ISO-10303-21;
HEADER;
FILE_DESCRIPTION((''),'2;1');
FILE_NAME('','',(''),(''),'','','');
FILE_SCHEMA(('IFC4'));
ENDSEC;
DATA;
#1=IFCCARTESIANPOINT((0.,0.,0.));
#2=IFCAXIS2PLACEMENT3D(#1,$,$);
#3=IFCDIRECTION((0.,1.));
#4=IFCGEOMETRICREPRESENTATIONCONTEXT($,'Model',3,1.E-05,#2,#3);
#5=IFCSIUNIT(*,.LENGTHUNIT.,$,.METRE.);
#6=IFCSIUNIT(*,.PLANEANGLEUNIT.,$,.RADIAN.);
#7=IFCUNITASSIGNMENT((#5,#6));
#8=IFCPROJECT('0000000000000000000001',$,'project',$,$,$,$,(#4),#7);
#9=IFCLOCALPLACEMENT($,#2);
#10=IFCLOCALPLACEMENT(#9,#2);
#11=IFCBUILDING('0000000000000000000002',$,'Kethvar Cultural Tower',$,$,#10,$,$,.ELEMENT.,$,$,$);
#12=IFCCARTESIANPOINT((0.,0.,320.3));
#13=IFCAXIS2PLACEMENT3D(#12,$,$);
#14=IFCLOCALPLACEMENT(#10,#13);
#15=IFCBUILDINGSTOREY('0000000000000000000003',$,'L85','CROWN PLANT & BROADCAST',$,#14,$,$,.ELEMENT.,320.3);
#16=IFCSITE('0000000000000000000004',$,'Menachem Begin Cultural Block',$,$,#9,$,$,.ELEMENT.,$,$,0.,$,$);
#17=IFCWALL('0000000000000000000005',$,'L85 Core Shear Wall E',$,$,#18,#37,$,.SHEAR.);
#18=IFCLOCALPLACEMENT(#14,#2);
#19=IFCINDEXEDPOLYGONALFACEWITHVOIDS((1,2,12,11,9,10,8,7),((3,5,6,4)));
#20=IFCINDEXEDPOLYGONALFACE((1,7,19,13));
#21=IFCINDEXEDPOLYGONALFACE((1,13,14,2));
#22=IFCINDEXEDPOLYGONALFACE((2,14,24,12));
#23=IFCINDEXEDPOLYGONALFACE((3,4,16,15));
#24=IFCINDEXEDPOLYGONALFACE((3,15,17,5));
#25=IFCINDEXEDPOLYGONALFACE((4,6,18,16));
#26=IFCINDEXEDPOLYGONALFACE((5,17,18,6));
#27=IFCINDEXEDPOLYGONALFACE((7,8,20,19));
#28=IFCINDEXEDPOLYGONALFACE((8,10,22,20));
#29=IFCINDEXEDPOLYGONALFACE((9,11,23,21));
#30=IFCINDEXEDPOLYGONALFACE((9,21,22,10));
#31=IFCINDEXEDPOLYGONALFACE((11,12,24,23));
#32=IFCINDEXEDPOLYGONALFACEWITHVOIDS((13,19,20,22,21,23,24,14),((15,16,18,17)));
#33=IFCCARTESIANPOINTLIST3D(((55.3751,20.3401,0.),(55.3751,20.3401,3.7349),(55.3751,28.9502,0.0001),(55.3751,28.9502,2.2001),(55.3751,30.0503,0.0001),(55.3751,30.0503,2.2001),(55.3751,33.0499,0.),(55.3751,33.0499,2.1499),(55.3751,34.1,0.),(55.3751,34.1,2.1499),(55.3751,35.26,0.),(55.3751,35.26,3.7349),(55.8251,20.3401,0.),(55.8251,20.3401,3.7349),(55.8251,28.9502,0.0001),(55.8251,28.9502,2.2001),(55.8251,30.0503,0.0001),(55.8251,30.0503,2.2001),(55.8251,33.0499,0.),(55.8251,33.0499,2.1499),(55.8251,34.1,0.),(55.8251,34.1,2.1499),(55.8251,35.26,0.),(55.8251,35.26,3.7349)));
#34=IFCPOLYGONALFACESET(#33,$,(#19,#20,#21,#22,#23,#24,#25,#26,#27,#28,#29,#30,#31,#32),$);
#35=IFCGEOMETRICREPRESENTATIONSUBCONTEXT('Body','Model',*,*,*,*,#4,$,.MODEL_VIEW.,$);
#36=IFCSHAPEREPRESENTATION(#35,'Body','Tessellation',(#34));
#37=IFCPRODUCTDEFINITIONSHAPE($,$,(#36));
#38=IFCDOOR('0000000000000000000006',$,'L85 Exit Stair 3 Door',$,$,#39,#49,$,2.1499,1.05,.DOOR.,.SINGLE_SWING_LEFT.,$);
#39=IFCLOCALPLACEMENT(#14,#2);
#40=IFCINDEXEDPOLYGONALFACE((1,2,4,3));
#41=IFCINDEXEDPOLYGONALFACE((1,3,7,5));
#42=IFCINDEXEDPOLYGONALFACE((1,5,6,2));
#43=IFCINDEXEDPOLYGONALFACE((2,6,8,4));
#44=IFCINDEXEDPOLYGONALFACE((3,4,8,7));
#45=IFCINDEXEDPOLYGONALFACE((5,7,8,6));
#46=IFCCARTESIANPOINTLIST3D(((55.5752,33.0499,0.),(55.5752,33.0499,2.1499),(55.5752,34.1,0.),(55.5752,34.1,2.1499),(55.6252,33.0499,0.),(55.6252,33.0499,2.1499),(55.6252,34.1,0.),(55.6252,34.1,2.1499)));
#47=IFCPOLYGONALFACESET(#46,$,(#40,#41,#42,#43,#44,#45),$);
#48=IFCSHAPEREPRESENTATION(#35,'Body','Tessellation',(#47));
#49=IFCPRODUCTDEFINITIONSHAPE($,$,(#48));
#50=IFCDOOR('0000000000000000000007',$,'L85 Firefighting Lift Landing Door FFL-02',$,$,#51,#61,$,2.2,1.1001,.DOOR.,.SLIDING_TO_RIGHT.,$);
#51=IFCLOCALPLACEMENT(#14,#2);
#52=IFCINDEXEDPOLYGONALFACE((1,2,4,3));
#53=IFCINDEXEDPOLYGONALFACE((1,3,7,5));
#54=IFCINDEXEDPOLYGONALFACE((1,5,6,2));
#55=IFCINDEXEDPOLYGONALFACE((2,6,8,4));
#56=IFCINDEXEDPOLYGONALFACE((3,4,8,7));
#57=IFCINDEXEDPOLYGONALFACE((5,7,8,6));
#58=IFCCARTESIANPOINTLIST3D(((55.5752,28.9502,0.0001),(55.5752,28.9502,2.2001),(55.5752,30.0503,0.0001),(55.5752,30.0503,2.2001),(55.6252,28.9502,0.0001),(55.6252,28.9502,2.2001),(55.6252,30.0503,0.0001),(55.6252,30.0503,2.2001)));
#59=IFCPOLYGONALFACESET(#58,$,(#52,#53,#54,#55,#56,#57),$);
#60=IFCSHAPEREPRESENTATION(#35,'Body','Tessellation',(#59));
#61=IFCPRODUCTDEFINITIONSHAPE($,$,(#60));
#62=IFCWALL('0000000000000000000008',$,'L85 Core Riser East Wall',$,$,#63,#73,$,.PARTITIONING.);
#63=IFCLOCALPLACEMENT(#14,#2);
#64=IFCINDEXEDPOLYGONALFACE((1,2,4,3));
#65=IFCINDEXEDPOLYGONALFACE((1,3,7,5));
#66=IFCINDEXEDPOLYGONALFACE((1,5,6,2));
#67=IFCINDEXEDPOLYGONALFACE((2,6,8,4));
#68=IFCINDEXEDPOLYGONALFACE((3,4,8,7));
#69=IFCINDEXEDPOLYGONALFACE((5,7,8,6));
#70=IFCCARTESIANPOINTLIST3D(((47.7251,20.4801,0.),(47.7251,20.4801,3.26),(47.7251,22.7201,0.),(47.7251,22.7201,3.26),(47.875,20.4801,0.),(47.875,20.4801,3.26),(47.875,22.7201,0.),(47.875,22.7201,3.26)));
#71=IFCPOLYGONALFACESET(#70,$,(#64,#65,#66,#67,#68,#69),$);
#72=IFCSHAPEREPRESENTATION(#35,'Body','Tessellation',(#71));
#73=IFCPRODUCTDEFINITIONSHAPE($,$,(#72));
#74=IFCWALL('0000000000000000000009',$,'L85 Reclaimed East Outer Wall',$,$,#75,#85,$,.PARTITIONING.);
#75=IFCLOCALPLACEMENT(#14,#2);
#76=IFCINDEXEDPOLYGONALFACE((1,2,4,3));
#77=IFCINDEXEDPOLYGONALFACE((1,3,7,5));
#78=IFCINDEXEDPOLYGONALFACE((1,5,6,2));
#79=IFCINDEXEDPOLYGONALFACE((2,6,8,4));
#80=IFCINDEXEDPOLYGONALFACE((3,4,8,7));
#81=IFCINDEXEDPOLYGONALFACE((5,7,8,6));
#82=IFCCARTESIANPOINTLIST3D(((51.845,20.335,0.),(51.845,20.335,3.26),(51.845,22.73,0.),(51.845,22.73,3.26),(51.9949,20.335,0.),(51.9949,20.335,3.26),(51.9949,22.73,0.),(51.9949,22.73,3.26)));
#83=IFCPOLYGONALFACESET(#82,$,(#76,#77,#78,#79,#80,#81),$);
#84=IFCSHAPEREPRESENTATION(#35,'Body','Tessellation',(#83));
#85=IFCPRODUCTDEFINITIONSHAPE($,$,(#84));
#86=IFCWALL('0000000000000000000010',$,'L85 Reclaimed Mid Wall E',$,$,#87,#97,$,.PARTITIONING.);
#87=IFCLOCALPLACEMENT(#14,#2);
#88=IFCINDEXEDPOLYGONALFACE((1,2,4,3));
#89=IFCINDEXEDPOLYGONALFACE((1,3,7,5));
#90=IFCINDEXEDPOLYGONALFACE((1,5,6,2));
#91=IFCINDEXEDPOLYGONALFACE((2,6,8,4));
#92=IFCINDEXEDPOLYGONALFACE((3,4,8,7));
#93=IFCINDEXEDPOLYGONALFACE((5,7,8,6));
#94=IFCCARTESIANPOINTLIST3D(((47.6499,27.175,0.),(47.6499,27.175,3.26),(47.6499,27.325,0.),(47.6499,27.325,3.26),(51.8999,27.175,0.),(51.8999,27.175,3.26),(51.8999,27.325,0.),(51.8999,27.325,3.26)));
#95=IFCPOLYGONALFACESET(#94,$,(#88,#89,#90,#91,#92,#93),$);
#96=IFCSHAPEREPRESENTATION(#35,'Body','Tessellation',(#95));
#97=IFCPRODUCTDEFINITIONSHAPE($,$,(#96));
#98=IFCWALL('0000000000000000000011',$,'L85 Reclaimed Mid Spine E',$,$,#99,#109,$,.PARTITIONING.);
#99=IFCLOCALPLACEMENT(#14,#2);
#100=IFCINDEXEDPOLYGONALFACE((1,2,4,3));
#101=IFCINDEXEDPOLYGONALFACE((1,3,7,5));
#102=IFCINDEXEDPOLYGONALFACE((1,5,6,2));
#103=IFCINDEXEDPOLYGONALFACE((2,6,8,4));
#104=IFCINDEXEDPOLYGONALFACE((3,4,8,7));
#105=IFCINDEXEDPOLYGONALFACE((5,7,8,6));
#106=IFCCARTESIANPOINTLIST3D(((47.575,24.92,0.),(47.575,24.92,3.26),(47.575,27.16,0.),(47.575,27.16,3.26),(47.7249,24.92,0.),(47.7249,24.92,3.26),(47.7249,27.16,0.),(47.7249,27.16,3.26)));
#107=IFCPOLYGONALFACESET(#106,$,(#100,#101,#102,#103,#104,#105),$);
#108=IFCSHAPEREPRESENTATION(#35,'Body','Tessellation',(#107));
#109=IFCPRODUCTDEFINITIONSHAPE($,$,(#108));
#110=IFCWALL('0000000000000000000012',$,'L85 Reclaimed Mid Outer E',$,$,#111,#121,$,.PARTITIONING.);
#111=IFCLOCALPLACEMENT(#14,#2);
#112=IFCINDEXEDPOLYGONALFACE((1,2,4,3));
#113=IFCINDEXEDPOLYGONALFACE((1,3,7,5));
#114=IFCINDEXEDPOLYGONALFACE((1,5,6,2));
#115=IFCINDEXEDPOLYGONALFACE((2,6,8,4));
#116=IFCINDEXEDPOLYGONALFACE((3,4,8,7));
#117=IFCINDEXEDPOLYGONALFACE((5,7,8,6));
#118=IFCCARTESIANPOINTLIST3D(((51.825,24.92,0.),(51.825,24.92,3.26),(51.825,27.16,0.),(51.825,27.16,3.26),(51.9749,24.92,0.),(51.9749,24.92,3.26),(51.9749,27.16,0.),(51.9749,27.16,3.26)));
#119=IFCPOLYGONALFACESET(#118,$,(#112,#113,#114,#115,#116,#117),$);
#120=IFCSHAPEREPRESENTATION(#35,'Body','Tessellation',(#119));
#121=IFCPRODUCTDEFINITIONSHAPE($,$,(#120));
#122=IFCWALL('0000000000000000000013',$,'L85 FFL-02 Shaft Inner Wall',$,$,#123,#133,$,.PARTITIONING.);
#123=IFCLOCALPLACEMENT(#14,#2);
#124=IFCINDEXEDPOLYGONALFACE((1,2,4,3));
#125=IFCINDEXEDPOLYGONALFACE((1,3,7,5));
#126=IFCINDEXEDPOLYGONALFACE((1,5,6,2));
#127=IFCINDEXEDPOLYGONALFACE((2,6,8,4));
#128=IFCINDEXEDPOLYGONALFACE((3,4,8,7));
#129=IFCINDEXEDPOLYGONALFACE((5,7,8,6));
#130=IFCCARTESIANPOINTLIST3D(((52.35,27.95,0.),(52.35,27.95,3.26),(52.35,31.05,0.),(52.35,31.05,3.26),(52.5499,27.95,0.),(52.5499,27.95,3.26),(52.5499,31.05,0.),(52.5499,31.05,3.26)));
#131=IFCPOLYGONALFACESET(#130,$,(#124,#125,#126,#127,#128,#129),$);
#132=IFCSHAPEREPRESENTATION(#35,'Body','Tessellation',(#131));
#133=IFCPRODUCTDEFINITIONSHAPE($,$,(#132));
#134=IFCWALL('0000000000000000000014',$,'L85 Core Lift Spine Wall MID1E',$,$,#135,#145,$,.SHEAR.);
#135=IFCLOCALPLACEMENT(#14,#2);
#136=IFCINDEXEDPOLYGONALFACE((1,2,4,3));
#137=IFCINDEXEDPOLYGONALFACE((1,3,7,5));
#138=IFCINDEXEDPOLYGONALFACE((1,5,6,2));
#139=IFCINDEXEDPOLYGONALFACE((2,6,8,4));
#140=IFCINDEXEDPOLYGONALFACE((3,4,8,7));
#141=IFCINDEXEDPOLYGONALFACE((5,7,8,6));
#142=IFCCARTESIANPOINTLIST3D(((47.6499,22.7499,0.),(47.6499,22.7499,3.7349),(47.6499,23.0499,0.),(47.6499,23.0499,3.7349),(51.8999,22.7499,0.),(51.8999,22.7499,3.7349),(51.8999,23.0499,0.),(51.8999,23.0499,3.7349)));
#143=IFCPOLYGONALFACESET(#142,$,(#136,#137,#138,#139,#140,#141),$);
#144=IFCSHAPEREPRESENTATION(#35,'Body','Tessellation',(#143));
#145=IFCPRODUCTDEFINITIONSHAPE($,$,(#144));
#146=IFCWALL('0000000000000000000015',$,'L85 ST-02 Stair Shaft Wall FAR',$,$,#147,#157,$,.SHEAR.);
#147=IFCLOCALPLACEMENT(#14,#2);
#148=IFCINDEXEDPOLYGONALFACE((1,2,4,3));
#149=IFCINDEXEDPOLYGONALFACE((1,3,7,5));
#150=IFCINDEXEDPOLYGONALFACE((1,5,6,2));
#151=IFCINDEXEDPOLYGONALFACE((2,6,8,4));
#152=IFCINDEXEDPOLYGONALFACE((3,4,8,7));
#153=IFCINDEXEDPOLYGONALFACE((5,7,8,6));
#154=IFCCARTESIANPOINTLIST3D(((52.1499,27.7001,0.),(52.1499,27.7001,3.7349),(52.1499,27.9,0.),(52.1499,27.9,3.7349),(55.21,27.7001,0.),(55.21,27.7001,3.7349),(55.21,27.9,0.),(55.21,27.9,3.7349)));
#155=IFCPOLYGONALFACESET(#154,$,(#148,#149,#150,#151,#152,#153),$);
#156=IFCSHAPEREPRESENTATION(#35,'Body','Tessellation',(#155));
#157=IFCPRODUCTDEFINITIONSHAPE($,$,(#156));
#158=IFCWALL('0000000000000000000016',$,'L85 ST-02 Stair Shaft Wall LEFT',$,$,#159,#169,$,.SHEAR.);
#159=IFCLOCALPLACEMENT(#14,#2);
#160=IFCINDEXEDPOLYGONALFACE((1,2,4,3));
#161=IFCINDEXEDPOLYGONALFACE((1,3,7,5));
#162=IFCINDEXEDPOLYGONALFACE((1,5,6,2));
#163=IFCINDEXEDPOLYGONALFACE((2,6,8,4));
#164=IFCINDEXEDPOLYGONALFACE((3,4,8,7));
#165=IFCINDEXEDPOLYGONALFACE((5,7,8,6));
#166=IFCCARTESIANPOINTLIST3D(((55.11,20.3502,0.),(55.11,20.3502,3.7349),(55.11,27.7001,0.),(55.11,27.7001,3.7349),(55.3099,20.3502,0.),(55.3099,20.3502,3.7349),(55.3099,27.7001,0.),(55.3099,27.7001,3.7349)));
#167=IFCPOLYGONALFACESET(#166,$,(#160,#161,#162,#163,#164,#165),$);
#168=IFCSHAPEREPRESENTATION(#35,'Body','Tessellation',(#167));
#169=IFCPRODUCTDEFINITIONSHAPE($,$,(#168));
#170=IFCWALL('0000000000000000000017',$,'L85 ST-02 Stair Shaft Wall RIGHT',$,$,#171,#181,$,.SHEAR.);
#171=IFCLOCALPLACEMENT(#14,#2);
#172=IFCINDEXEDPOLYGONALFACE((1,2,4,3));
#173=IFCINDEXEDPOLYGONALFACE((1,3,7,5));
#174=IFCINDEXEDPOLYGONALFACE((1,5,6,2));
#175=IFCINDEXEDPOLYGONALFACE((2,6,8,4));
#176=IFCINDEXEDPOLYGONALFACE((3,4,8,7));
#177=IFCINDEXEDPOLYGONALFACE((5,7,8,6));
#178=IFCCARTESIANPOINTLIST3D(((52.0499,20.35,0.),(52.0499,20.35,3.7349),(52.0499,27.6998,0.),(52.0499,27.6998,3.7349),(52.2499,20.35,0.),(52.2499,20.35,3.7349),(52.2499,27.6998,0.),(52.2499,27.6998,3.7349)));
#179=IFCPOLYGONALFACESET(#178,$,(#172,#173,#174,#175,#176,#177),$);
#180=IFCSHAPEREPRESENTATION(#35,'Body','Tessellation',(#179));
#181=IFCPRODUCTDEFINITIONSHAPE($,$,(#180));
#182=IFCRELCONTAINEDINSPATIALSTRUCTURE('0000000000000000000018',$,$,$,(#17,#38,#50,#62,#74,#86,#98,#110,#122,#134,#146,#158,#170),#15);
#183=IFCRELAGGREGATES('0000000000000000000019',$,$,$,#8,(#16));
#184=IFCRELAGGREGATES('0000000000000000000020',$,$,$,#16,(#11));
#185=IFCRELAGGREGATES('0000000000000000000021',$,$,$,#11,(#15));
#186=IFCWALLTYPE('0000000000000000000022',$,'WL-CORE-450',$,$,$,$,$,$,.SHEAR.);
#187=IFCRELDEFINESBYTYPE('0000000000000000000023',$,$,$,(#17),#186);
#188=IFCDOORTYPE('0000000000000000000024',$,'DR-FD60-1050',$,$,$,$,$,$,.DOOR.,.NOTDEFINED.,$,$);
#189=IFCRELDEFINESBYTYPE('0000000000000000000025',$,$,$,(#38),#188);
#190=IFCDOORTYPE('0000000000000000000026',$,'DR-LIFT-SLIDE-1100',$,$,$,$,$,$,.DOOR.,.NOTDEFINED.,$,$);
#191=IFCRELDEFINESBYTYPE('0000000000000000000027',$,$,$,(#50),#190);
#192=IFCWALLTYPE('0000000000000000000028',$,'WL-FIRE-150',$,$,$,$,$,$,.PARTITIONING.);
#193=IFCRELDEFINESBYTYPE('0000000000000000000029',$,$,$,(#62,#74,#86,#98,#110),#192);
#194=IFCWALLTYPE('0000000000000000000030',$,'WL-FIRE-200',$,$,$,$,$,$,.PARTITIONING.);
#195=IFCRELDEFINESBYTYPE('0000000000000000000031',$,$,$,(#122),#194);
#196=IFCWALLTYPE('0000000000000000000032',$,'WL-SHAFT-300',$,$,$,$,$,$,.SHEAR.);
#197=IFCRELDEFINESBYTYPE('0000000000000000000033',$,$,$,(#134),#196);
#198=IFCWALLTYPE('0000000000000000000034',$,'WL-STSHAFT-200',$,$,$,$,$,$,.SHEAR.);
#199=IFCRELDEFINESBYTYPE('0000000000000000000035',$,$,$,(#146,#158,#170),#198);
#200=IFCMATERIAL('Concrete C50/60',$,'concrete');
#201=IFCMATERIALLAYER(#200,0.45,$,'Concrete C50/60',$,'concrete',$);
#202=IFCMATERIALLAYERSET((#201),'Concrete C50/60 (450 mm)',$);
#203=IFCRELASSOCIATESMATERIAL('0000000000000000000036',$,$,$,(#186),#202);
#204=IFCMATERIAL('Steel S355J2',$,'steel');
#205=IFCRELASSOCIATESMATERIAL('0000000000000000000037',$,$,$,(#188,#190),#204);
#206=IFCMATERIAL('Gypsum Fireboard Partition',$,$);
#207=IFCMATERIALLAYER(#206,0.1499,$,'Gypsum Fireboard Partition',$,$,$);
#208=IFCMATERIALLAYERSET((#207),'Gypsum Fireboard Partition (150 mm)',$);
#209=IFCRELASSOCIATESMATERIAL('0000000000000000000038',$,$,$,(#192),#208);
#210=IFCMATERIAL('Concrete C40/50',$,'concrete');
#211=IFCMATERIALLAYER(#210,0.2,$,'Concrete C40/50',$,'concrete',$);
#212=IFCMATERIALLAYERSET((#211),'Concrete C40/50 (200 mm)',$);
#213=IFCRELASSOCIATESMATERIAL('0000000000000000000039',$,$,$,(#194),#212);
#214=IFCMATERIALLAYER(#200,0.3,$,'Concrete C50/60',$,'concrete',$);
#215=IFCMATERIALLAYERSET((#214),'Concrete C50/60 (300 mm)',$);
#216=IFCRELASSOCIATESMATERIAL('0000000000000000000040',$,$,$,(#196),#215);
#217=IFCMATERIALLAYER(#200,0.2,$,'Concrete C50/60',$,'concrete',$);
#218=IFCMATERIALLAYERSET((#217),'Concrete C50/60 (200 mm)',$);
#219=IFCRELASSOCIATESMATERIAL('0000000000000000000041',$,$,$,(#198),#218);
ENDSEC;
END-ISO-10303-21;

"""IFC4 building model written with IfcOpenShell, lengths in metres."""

from ifc_helpers import new_model, si_unit, direction, frame, frame_2d, origin, place, context, subcontext, project, spatial, rectangle, extrude, source, transform, mapped, material, layer, layer_set, type_object, element, fill, save


model = new_model("IFC4")

# Units and contexts
model_context = context("Model", 3, precision=1e-05, world=origin(), true_north=direction((0.0, 1.0)))
body_context = subcontext(model_context, "Body", "Model", "MODEL_VIEW")
ifc_project = project(units=[si_unit("LENGTHUNIT", "METRE"), si_unit("PLANEANGLEUNIT", "RADIAN")], contexts=[model_context])

# Site, building, storey
site_placement = place(None, origin())
site = spatial("IfcSite", under=ifc_project, at=site_placement, Name="Menachem Begin Cultural Block", CompositionType="ELEMENT", RefElevation=0.0)
building_placement = place(site_placement, origin())
building = spatial("IfcBuilding", under=site, at=building_placement, Name="Kethvar Cultural Tower", CompositionType="ELEMENT")
storey_placement = place(building_placement, frame((0.0, 0.0, 320.3)))
storey = spatial("IfcBuildingStorey", under=building, at=storey_placement, Name="L85", Description="CROWN PLANT & BROADCAST", CompositionType="ELEMENT", Elevation=320.3)

# Shared definitions
ifc_material_1 = material(Name="Steel S355J2", Category="steel")

# Wall, openings, doors
ifc_material_2 = material(Name="Concrete C50/60", Category="concrete")
ifc_layer_1 = layer(ifc_material_2, 0.45, Name="Concrete C50/60", Category="concrete")
ifc_layer_set_1 = layer_set([ifc_layer_1], Name="Concrete C50/60 (450 mm)")
wall_type_1 = type_object("IfcWallType", Name="WL-CORE-450", PredefinedType="SHEAR", material=ifc_layer_set_1)
wall_1_placement = place(storey_placement, frame((55.6001, 20.3401, 0.0), z_axis=(0.0, 0.0, 1.0), x_axis=(0.0, 1.0, 0.0)))
wall_1 = element("IfcWall", 1, at=wall_1_placement, inside=storey, type_object=wall_type_1, Name="L85 Core Shear Wall E", PredefinedType="SHEAR", context=body_context, shape_type="SweptSolid", body=[
    extrude(rectangle(XDim=14.9199, YDim=0.45, at=frame_2d((7.46, 0.0))), origin(), (0.0, 0.0, 1.0), 3.7349),
])
opening_1_placement = place(wall_1_placement, frame((12.71, 0.0, 0.0)))
opening_1 = element("IfcOpeningElement", 2, at=opening_1_placement, cuts=wall_1, PredefinedType="OPENING", context=body_context, shape_type="SweptSolid", body=[
    extrude(rectangle(XDim=1.05, YDim=2.1499, at=frame_2d((0.5249, 1.075))), frame((0.0, 0.2349, 0.0), z_axis=(0.0, -1.0, 0.0), x_axis=(1.0, 0.0, 0.0)), (0.0, 0.0, 1.0), 0.47),
])
opening_2_placement = place(wall_1_placement, frame((8.6101, 0.0, 0.0)))
opening_2 = element("IfcOpeningElement", 3, at=opening_2_placement, cuts=wall_1, PredefinedType="OPENING", context=body_context, shape_type="SweptSolid", body=[
    extrude(rectangle(XDim=1.1001, YDim=2.2, at=frame_2d((0.55, 1.1001))), frame((0.0, 0.2349, 0.0), z_axis=(0.0, -1.0, 0.0), x_axis=(1.0, 0.0, 0.0)), (0.0, 0.0, 1.0), 0.47),
])
door_type_1 = type_object("IfcDoorType", Name="DR-FD60-1050", OperationType="NOTDEFINED", PredefinedType="DOOR", material=ifc_material_1)
shared_shape_1 = source(origin(), body_context, "Body", "SweptSolid", [
    extrude(rectangle(XDim=1.05, YDim=2.1499, at=frame_2d((0.5249, 1.075))), frame((0.0, 0.0249, 0.0), z_axis=(0.0, -1.0, 0.0), x_axis=(1.0, 0.0, 0.0)), (0.0, 0.0, 1.0), 0.05),
])
door_1_placement = place(opening_1_placement, origin())
door_1 = element("IfcDoor", 4, at=door_1_placement, inside=storey, type_object=door_type_1, Name="L85 Exit Stair 3 Door", OperationType="SINGLE_SWING_LEFT", OverallHeight=2.1499, OverallWidth=1.05, PredefinedType="DOOR", context=body_context, shape_type="MappedRepresentation", body=[
    mapped(shared_shape_1, transform((0.0, 0.0, 0.0), scale=1.0)),
])
fill(opening_1, door_1)
door_type_2 = type_object("IfcDoorType", Name="DR-LIFT-SLIDE-1100", OperationType="NOTDEFINED", PredefinedType="DOOR", material=ifc_material_1)
shared_shape_2 = source(origin(), body_context, "Body", "SweptSolid", [
    extrude(rectangle(XDim=1.1001, YDim=2.2, at=frame_2d((0.55, 1.1001))), frame((0.0, 0.0249, 0.0), z_axis=(0.0, -1.0, 0.0), x_axis=(1.0, 0.0, 0.0)), (0.0, 0.0, 1.0), 0.05),
])
door_2_placement = place(opening_2_placement, origin())
door_2 = element("IfcDoor", 5, at=door_2_placement, inside=storey, type_object=door_type_2, Name="L85 Firefighting Lift Landing Door FFL-02", OperationType="SLIDING_TO_RIGHT", OverallHeight=2.2, OverallWidth=1.1001, PredefinedType="DOOR", context=body_context, shape_type="MappedRepresentation", body=[
    mapped(shared_shape_2, transform((0.0, 0.0, 0.0), scale=1.0)),
])
fill(opening_2, door_2)

# Walls
ifc_material_3 = material(Name="Gypsum Fireboard Partition")
ifc_layer_2 = layer(ifc_material_3, 0.1499, Name="Gypsum Fireboard Partition")
ifc_layer_set_2 = layer_set([ifc_layer_2], Name="Gypsum Fireboard Partition (150 mm)")
wall_type_2 = type_object("IfcWallType", Name="WL-FIRE-150", PredefinedType="PARTITIONING", material=ifc_layer_set_2)
wall_2_placement = place(storey_placement, frame((47.8, 20.48, 0.0), z_axis=(0.0, 0.0, 1.0), x_axis=(0.0, 1.0, 0.0)))
element("IfcWall", 6, at=wall_2_placement, inside=storey, type_object=wall_type_2, Name="L85 Core Riser East Wall", PredefinedType="PARTITIONING", context=body_context, shape_type="SweptSolid", body=[
    extrude(rectangle(XDim=2.24, YDim=0.1499, at=frame_2d((1.1201, 0.0))), origin(), (0.0, 0.0, 1.0), 3.26),
])
wall_3_placement = place(storey_placement, frame((51.9199, 20.335, 0.0), z_axis=(0.0, 0.0, 1.0), x_axis=(0.0, 1.0, 0.0)))
element("IfcWall", 7, at=wall_3_placement, inside=storey, type_object=wall_type_2, Name="L85 Reclaimed East Outer Wall", PredefinedType="PARTITIONING", context=body_context, shape_type="SweptSolid", body=[
    extrude(rectangle(XDim=2.395, YDim=0.1499, at=frame_2d((1.1975, 0.0))), origin(), (0.0, 0.0, 1.0), 3.26),
])
wall_4_placement = place(storey_placement, frame((47.6499, 27.25, 0.0), z_axis=(0.0, 0.0, 1.0), x_axis=(1.0, 0.0, 0.0)))
element("IfcWall", 8, at=wall_4_placement, inside=storey, type_object=wall_type_2, Name="L85 Reclaimed Mid Wall E", PredefinedType="PARTITIONING", context=body_context, shape_type="SweptSolid", body=[
    extrude(rectangle(XDim=4.25, YDim=0.1499, at=frame_2d((2.125, 0.0))), origin(), (0.0, 0.0, 1.0), 3.26),
])
for number, where, z_axis, x_axis, name in (
    (9, (47.6499, 24.9199, 0.0), (0.0, 0.0, 1.0), (0.0, 1.0, 0.0), "L85 Reclaimed Mid Spine E"),
    (10, (51.8999, 24.9199, 0.0), (0.0, 0.0, 1.0), (0.0, 1.0, 0.0), "L85 Reclaimed Mid Outer E"),
):
    element("IfcWall", number, at=place(storey_placement, frame(where, z_axis=z_axis, x_axis=x_axis)), inside=storey, type_object=wall_type_2, Name=name, PredefinedType="PARTITIONING", context=body_context, shape_type="SweptSolid", body=[
        extrude(rectangle(XDim=2.24, YDim=0.1499, at=frame_2d((1.1201, 0.0))), origin(), (0.0, 0.0, 1.0), 3.26),
    ])
ifc_material_4 = material(Name="Concrete C40/50", Category="concrete")
ifc_layer_3 = layer(ifc_material_4, 0.2, Name="Concrete C40/50", Category="concrete")
ifc_layer_set_3 = layer_set([ifc_layer_3], Name="Concrete C40/50 (200 mm)")
wall_type_3 = type_object("IfcWallType", Name="WL-FIRE-200", PredefinedType="PARTITIONING", material=ifc_layer_set_3)
wall_5_placement = place(storey_placement, frame((52.45, 27.95, 0.0), z_axis=(0.0, 0.0, 1.0), x_axis=(0.0, 1.0, 0.0)))
element("IfcWall", 11, at=wall_5_placement, inside=storey, type_object=wall_type_3, Name="L85 FFL-02 Shaft Inner Wall", PredefinedType="PARTITIONING", context=body_context, shape_type="SweptSolid", body=[
    extrude(rectangle(XDim=3.1001, YDim=0.2, at=frame_2d((1.55, 0.0))), origin(), (0.0, 0.0, 1.0), 3.26),
])
ifc_layer_4 = layer(ifc_material_2, 0.3, Name="Concrete C50/60", Category="concrete")
ifc_layer_set_4 = layer_set([ifc_layer_4], Name="Concrete C50/60 (300 mm)")
wall_type_4 = type_object("IfcWallType", Name="WL-SHAFT-300", PredefinedType="SHEAR", material=ifc_layer_set_4)
wall_6_placement = place(storey_placement, frame((47.6499, 22.8999, 0.0), z_axis=(0.0, 0.0, 1.0), x_axis=(1.0, 0.0, 0.0)))
element("IfcWall", 12, at=wall_6_placement, inside=storey, type_object=wall_type_4, Name="L85 Core Lift Spine Wall MID1E", PredefinedType="SHEAR", context=body_context, shape_type="SweptSolid", body=[
    extrude(rectangle(XDim=4.25, YDim=0.3, at=frame_2d((2.125, 0.0))), origin(), (0.0, 0.0, 1.0), 3.7349),
])

# Walls
ifc_layer_5 = layer(ifc_material_2, 0.2, Name="Concrete C50/60", Category="concrete")
ifc_layer_set_5 = layer_set([ifc_layer_5], Name="Concrete C50/60 (200 mm)")
wall_type_5 = type_object("IfcWallType", Name="WL-STSHAFT-200", PredefinedType="SHEAR", material=ifc_layer_set_5)
wall_7_placement = place(storey_placement, frame((52.1499, 27.8, 0.0), z_axis=(0.0, 0.0, 1.0), x_axis=(1.0, 0.0, 0.0)))
element("IfcWall", 13, at=wall_7_placement, inside=storey, type_object=wall_type_5, Name="L85 ST-02 Stair Shaft Wall FAR", PredefinedType="SHEAR", context=body_context, shape_type="SweptSolid", body=[
    extrude(rectangle(XDim=3.0601, YDim=0.2, at=frame_2d((1.53, 0.0))), origin(), (0.0, 0.0, 1.0), 3.7349),
])
for number, where, z_axis, x_axis, name in (
    (14, (55.21, 27.7, 0.0), (0.0, 0.0, 1.0), (0.0, -1.0, 0.0), "L85 ST-02 Stair Shaft Wall LEFT"),
    (15, (52.1499, 20.3501, 0.0), (0.0, 0.0, 1.0), (0.0, 1.0, 0.0), "L85 ST-02 Stair Shaft Wall RIGHT"),
):
    element("IfcWall", number, at=place(storey_placement, frame(where, z_axis=z_axis, x_axis=x_axis)), inside=storey, type_object=wall_type_5, Name=name, PredefinedType="SHEAR", context=body_context, shape_type="SweptSolid", body=[
        extrude(rectangle(XDim=7.3499, YDim=0.2, at=frame_2d((3.6748, 0.0))), origin(), (0.0, 0.0, 1.0), 3.7349),
    ])

save(model, "model.ifc")
